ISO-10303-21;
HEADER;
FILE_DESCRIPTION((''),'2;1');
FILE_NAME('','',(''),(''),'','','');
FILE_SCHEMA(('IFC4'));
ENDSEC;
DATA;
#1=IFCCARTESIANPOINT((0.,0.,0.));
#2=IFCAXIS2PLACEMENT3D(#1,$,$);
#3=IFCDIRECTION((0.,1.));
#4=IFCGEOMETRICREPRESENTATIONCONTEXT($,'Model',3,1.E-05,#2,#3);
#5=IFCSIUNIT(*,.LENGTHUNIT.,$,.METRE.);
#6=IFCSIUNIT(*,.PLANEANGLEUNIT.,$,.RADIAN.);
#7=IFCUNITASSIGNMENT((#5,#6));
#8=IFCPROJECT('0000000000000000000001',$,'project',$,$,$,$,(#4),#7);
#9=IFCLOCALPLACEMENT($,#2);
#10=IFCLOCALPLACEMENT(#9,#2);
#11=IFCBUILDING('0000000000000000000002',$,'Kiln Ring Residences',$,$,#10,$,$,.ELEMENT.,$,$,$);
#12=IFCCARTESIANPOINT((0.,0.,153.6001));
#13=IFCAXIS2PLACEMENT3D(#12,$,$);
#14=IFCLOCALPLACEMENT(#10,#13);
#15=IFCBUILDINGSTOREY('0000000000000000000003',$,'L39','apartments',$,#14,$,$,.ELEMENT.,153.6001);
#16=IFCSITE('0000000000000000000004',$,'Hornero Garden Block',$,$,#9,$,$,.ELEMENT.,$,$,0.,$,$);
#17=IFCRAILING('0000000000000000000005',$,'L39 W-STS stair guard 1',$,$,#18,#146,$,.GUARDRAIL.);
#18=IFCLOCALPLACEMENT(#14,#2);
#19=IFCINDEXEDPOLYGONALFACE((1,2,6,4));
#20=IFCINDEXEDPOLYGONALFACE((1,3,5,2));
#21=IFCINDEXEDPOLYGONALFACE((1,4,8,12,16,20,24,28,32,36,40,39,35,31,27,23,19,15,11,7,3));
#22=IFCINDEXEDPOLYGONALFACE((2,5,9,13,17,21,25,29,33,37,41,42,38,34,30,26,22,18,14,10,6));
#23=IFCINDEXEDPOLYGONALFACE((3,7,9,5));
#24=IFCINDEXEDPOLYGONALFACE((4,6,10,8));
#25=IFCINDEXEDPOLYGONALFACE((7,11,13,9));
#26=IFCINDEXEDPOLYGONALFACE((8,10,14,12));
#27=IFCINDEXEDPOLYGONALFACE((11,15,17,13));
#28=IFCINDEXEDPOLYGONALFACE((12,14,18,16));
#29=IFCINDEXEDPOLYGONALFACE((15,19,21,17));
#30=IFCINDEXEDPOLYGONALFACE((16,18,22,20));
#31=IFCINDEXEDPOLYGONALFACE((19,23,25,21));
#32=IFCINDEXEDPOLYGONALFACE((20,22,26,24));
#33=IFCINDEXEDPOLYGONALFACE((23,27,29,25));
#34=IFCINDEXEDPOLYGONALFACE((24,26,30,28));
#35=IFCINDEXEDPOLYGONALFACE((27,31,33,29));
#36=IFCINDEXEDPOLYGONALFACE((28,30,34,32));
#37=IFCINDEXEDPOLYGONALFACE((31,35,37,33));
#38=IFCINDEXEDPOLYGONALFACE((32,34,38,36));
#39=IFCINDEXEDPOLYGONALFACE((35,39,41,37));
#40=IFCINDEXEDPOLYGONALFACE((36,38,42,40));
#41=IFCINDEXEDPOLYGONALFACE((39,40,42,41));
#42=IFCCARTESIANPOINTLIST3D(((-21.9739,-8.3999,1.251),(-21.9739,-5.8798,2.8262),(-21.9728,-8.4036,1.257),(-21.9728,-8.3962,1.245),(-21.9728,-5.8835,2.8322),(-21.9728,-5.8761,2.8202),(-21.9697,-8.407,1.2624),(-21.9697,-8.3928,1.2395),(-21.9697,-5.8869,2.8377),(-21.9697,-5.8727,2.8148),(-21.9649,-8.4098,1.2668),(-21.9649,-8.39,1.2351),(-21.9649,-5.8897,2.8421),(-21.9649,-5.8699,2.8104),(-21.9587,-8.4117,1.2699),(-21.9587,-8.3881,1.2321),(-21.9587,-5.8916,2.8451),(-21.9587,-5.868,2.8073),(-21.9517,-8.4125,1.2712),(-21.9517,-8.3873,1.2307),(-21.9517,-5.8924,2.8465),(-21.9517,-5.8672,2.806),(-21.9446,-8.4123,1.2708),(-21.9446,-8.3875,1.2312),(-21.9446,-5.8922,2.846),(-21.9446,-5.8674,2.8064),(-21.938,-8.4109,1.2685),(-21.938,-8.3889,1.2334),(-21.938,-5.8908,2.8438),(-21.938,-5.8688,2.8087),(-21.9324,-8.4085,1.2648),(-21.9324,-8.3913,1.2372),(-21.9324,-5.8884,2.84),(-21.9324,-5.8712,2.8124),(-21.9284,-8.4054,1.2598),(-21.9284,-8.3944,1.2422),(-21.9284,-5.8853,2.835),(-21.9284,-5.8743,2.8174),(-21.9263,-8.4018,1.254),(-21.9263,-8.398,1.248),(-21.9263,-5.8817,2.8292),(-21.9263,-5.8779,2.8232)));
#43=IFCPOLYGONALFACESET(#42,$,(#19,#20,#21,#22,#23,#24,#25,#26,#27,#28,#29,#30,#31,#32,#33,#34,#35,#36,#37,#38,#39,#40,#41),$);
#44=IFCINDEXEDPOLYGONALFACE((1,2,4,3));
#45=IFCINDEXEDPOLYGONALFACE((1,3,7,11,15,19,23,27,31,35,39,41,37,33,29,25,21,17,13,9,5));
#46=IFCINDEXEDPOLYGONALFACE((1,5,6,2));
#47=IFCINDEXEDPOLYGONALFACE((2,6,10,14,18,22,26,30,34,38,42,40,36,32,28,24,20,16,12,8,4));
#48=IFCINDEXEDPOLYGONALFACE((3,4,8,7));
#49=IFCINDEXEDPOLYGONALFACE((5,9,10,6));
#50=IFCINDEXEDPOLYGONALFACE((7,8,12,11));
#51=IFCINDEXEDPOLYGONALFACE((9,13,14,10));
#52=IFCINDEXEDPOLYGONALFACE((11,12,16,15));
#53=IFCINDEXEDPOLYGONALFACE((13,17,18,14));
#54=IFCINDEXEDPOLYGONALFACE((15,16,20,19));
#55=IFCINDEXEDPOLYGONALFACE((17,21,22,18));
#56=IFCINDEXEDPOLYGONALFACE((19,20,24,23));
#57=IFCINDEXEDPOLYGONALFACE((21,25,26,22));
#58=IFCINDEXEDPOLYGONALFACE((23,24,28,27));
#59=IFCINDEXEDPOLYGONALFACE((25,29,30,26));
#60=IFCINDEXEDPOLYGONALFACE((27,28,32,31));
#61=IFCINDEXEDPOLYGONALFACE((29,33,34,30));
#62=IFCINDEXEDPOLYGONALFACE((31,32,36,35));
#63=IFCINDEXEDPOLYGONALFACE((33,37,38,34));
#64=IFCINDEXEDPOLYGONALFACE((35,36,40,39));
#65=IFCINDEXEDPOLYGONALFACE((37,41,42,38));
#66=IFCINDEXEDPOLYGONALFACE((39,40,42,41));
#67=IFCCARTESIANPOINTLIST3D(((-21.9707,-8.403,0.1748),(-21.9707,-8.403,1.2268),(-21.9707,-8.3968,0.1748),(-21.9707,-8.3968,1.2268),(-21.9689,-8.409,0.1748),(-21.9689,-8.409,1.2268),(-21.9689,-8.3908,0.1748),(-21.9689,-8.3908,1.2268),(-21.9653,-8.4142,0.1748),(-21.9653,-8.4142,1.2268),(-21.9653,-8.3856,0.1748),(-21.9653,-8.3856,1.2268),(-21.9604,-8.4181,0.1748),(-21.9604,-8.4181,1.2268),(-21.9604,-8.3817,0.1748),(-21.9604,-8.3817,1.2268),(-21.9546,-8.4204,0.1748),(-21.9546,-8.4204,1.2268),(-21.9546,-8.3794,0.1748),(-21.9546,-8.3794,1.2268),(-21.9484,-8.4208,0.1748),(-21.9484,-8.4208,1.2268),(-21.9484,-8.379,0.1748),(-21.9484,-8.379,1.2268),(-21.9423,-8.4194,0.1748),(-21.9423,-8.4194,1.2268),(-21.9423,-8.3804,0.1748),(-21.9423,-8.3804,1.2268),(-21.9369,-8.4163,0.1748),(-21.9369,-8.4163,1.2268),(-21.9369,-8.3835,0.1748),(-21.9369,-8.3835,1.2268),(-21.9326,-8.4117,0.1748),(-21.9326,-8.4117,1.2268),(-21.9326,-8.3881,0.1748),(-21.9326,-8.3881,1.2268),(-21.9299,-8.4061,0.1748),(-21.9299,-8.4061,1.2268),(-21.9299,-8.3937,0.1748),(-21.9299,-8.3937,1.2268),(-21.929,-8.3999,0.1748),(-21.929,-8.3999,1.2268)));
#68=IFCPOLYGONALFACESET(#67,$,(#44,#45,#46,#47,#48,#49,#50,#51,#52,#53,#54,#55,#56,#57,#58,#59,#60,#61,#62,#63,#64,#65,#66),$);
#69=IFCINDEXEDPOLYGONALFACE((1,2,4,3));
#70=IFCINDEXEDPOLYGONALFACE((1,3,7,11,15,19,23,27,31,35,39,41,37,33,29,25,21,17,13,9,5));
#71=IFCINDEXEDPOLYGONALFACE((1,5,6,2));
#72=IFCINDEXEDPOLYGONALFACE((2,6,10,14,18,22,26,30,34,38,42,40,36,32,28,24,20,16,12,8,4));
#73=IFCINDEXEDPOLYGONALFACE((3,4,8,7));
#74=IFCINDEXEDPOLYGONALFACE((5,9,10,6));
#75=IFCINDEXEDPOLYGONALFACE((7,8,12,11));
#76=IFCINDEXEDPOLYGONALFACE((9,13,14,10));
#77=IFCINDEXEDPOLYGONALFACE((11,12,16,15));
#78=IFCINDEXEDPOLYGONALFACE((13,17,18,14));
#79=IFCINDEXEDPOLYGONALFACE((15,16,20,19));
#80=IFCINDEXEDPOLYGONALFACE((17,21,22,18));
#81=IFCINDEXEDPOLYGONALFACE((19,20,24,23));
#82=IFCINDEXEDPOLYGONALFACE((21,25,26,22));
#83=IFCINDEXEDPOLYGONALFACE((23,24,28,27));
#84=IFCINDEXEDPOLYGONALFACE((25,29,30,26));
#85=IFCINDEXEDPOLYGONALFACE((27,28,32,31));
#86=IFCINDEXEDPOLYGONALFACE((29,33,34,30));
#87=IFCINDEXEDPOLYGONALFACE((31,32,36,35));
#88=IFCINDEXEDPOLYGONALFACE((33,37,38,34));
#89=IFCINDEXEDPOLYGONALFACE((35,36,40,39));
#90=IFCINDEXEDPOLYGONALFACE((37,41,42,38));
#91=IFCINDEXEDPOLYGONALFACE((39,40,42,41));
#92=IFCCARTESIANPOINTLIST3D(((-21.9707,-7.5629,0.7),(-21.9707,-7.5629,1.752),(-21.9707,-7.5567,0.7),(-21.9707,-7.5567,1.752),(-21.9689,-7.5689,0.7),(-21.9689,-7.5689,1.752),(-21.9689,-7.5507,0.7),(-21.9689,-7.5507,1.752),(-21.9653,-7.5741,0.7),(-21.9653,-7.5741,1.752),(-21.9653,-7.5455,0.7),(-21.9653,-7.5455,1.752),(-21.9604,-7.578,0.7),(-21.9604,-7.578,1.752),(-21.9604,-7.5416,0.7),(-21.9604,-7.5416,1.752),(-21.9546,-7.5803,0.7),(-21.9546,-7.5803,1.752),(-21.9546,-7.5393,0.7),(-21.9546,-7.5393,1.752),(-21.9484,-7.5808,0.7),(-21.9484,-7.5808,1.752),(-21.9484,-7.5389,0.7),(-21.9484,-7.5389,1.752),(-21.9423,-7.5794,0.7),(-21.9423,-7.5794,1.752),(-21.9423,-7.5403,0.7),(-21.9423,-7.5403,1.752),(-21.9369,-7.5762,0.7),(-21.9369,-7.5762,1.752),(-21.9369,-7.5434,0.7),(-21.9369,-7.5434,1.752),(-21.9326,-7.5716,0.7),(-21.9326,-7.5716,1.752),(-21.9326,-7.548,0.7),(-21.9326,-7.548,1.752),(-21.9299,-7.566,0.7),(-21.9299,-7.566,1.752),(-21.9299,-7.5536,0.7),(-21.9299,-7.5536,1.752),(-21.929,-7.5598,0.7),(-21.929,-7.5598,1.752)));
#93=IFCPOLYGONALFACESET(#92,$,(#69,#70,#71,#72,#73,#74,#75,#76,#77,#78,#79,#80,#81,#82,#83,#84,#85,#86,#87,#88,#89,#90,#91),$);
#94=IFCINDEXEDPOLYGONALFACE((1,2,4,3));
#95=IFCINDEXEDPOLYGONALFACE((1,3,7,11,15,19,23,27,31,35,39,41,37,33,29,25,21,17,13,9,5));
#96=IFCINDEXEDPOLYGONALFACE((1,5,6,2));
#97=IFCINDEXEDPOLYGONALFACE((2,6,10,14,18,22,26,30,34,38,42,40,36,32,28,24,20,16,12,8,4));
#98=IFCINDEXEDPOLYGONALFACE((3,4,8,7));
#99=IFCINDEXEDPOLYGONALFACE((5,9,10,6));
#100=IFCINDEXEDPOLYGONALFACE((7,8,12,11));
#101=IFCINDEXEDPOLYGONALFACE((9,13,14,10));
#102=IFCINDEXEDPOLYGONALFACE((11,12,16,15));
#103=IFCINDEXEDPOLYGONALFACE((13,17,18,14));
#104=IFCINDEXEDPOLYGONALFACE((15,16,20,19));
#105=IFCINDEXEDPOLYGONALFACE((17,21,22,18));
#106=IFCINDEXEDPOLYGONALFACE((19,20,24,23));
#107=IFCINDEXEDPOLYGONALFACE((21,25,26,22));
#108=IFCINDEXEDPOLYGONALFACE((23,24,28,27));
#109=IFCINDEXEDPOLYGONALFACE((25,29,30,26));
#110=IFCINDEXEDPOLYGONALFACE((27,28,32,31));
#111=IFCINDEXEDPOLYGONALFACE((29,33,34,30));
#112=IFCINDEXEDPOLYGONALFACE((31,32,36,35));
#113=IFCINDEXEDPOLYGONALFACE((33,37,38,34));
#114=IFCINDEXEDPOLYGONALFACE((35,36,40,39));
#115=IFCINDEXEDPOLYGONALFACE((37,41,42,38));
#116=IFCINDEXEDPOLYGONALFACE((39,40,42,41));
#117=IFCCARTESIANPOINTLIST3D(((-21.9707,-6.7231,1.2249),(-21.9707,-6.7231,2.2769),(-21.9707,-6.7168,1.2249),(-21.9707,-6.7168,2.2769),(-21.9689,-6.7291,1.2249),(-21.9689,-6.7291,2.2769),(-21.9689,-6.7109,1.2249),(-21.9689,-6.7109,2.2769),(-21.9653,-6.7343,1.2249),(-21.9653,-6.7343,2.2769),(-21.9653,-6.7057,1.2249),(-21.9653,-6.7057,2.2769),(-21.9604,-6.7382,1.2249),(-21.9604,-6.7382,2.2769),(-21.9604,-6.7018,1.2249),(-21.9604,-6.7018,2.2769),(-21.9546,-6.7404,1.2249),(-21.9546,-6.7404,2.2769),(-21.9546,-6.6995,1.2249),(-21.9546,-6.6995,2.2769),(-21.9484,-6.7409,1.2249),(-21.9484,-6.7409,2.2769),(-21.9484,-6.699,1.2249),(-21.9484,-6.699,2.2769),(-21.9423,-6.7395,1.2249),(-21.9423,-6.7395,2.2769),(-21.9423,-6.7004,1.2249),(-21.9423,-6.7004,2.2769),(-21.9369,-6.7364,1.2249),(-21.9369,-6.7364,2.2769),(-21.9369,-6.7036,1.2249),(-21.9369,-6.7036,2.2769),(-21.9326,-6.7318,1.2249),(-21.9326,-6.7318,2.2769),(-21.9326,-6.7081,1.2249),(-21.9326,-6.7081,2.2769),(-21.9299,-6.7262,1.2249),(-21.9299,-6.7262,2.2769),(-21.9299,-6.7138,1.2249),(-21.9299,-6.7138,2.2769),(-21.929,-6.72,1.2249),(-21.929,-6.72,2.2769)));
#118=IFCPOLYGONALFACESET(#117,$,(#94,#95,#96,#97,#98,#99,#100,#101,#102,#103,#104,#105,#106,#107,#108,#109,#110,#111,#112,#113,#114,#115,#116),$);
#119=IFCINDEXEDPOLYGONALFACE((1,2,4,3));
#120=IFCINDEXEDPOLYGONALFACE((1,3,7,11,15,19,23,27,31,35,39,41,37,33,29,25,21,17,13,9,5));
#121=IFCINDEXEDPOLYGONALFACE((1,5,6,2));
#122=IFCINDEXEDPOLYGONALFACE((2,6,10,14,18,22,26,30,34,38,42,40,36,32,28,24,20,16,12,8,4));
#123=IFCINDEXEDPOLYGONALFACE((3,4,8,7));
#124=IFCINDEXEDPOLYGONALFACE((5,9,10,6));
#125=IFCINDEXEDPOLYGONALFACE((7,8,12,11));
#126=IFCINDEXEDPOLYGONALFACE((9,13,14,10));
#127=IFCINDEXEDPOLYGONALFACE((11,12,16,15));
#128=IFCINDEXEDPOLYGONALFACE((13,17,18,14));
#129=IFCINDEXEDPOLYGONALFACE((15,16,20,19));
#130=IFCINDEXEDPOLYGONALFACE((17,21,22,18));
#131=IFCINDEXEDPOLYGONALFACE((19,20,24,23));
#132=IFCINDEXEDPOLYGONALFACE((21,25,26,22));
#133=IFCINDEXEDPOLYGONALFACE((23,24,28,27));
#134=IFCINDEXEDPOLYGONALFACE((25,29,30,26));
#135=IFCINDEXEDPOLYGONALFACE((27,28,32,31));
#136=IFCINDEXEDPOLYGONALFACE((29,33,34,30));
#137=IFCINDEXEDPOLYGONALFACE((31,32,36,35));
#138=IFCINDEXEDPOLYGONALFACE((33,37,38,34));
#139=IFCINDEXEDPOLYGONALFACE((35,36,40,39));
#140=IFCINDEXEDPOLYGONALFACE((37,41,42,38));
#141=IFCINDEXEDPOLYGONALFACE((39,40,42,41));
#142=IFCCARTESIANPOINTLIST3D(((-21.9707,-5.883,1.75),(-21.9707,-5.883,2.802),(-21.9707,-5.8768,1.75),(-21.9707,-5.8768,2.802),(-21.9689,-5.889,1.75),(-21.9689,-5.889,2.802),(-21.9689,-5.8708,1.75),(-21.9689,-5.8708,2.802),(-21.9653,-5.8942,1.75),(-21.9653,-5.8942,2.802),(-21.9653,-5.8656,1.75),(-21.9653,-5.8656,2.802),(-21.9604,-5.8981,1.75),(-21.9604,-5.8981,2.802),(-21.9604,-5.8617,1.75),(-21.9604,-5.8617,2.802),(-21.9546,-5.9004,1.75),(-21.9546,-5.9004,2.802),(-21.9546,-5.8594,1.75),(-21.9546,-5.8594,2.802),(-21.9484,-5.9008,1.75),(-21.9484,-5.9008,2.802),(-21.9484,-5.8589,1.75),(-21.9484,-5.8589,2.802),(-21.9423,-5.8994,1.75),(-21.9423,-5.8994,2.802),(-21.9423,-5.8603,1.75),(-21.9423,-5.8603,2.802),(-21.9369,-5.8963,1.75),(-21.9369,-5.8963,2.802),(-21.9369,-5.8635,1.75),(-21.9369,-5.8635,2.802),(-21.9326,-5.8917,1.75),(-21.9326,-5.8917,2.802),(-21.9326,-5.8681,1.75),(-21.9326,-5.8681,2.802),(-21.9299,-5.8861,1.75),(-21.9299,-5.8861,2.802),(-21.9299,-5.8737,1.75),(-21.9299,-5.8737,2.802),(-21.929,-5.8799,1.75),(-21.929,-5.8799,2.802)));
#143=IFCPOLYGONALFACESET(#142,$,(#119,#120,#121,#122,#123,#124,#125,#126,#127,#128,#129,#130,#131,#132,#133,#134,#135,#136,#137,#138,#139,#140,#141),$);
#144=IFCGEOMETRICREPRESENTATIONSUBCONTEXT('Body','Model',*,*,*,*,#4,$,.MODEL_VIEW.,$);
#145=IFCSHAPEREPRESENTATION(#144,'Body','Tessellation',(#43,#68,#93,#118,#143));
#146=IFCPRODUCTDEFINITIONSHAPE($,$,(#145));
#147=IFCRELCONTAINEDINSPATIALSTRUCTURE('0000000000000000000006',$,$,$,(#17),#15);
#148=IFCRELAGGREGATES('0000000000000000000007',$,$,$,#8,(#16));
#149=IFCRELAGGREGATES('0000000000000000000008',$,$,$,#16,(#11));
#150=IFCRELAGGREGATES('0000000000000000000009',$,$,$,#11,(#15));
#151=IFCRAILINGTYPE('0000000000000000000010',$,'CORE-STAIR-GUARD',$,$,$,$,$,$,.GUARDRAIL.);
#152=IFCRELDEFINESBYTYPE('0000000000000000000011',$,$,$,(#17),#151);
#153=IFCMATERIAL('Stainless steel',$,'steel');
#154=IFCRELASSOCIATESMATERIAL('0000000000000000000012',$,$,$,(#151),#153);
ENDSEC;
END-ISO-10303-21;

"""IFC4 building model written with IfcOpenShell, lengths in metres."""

from ifc_helpers import new_model, si_unit, direction, frame, origin, origin_2d, place, context, subcontext, project, spatial, circle, extrude, material, type_object, element, save


model = new_model("IFC4")

# Units and contexts
model_context = context("Model", 3, precision=1e-05, world=origin(), true_north=direction((0.0, 1.0)))
body_context = subcontext(model_context, "Body", "Model", "MODEL_VIEW")
ifc_project = project(units=[si_unit("LENGTHUNIT", "METRE"), si_unit("PLANEANGLEUNIT", "RADIAN")], contexts=[model_context])

# Site, building, storey
site_placement = place(None, origin())
site = spatial("IfcSite", under=ifc_project, at=site_placement, Name="Hornero Garden Block", CompositionType="ELEMENT", RefElevation=0.0)
building_placement = place(site_placement, origin())
building = spatial("IfcBuilding", under=site, at=building_placement, Name="Kiln Ring Residences", CompositionType="ELEMENT")
storey_placement = place(building_placement, frame((0.0, 0.0, 153.6001)))
storey = spatial("IfcBuildingStorey", under=building, at=storey_placement, Name="L39", Description="apartments", CompositionType="ELEMENT", Elevation=153.6001)

# Railing
ifc_material_1 = material(Name="Stainless steel", Category="steel")
railing_type_1 = type_object("IfcRailingType", Name="CORE-STAIR-GUARD", PredefinedType="GUARDRAIL", material=ifc_material_1)
railing_1_placement = place(storey_placement, frame((-21.95, -8.3999, 0.1748)))
element("IfcRailing", 1, at=railing_1_placement, inside=storey, type_object=railing_type_1, Name="L39 W-STS stair guard 1", PredefinedType="GUARDRAIL", context=body_context, shape_type="SweptSolid", body=[
    extrude(circle(Radius=0.0239, at=origin_2d()), frame((0.0, 0.0, 1.0762), z_axis=(0.0, 0.847971, 0.530043), x_axis=(-1.0, 0.0, 0.0)), (0.0, 0.0, 1.0), 2.9719),
    extrude(circle(Radius=0.021, at=origin_2d()), origin(), (0.0, 0.0, 1.0), 1.052),
    extrude(circle(Radius=0.021, at=origin_2d()), frame((0.0, 0.8401, 0.5251)), (0.0, 0.0, 1.0), 1.052),
    extrude(circle(Radius=0.021, at=origin_2d()), frame((0.0, 1.6799, 1.05)), (0.0, 0.0, 1.0), 1.052),
    extrude(circle(Radius=0.021, at=origin_2d()), frame((0.0, 2.52, 1.5752)), (0.0, 0.0, 1.0), 1.052),
])

save(model, "model.ifc")
